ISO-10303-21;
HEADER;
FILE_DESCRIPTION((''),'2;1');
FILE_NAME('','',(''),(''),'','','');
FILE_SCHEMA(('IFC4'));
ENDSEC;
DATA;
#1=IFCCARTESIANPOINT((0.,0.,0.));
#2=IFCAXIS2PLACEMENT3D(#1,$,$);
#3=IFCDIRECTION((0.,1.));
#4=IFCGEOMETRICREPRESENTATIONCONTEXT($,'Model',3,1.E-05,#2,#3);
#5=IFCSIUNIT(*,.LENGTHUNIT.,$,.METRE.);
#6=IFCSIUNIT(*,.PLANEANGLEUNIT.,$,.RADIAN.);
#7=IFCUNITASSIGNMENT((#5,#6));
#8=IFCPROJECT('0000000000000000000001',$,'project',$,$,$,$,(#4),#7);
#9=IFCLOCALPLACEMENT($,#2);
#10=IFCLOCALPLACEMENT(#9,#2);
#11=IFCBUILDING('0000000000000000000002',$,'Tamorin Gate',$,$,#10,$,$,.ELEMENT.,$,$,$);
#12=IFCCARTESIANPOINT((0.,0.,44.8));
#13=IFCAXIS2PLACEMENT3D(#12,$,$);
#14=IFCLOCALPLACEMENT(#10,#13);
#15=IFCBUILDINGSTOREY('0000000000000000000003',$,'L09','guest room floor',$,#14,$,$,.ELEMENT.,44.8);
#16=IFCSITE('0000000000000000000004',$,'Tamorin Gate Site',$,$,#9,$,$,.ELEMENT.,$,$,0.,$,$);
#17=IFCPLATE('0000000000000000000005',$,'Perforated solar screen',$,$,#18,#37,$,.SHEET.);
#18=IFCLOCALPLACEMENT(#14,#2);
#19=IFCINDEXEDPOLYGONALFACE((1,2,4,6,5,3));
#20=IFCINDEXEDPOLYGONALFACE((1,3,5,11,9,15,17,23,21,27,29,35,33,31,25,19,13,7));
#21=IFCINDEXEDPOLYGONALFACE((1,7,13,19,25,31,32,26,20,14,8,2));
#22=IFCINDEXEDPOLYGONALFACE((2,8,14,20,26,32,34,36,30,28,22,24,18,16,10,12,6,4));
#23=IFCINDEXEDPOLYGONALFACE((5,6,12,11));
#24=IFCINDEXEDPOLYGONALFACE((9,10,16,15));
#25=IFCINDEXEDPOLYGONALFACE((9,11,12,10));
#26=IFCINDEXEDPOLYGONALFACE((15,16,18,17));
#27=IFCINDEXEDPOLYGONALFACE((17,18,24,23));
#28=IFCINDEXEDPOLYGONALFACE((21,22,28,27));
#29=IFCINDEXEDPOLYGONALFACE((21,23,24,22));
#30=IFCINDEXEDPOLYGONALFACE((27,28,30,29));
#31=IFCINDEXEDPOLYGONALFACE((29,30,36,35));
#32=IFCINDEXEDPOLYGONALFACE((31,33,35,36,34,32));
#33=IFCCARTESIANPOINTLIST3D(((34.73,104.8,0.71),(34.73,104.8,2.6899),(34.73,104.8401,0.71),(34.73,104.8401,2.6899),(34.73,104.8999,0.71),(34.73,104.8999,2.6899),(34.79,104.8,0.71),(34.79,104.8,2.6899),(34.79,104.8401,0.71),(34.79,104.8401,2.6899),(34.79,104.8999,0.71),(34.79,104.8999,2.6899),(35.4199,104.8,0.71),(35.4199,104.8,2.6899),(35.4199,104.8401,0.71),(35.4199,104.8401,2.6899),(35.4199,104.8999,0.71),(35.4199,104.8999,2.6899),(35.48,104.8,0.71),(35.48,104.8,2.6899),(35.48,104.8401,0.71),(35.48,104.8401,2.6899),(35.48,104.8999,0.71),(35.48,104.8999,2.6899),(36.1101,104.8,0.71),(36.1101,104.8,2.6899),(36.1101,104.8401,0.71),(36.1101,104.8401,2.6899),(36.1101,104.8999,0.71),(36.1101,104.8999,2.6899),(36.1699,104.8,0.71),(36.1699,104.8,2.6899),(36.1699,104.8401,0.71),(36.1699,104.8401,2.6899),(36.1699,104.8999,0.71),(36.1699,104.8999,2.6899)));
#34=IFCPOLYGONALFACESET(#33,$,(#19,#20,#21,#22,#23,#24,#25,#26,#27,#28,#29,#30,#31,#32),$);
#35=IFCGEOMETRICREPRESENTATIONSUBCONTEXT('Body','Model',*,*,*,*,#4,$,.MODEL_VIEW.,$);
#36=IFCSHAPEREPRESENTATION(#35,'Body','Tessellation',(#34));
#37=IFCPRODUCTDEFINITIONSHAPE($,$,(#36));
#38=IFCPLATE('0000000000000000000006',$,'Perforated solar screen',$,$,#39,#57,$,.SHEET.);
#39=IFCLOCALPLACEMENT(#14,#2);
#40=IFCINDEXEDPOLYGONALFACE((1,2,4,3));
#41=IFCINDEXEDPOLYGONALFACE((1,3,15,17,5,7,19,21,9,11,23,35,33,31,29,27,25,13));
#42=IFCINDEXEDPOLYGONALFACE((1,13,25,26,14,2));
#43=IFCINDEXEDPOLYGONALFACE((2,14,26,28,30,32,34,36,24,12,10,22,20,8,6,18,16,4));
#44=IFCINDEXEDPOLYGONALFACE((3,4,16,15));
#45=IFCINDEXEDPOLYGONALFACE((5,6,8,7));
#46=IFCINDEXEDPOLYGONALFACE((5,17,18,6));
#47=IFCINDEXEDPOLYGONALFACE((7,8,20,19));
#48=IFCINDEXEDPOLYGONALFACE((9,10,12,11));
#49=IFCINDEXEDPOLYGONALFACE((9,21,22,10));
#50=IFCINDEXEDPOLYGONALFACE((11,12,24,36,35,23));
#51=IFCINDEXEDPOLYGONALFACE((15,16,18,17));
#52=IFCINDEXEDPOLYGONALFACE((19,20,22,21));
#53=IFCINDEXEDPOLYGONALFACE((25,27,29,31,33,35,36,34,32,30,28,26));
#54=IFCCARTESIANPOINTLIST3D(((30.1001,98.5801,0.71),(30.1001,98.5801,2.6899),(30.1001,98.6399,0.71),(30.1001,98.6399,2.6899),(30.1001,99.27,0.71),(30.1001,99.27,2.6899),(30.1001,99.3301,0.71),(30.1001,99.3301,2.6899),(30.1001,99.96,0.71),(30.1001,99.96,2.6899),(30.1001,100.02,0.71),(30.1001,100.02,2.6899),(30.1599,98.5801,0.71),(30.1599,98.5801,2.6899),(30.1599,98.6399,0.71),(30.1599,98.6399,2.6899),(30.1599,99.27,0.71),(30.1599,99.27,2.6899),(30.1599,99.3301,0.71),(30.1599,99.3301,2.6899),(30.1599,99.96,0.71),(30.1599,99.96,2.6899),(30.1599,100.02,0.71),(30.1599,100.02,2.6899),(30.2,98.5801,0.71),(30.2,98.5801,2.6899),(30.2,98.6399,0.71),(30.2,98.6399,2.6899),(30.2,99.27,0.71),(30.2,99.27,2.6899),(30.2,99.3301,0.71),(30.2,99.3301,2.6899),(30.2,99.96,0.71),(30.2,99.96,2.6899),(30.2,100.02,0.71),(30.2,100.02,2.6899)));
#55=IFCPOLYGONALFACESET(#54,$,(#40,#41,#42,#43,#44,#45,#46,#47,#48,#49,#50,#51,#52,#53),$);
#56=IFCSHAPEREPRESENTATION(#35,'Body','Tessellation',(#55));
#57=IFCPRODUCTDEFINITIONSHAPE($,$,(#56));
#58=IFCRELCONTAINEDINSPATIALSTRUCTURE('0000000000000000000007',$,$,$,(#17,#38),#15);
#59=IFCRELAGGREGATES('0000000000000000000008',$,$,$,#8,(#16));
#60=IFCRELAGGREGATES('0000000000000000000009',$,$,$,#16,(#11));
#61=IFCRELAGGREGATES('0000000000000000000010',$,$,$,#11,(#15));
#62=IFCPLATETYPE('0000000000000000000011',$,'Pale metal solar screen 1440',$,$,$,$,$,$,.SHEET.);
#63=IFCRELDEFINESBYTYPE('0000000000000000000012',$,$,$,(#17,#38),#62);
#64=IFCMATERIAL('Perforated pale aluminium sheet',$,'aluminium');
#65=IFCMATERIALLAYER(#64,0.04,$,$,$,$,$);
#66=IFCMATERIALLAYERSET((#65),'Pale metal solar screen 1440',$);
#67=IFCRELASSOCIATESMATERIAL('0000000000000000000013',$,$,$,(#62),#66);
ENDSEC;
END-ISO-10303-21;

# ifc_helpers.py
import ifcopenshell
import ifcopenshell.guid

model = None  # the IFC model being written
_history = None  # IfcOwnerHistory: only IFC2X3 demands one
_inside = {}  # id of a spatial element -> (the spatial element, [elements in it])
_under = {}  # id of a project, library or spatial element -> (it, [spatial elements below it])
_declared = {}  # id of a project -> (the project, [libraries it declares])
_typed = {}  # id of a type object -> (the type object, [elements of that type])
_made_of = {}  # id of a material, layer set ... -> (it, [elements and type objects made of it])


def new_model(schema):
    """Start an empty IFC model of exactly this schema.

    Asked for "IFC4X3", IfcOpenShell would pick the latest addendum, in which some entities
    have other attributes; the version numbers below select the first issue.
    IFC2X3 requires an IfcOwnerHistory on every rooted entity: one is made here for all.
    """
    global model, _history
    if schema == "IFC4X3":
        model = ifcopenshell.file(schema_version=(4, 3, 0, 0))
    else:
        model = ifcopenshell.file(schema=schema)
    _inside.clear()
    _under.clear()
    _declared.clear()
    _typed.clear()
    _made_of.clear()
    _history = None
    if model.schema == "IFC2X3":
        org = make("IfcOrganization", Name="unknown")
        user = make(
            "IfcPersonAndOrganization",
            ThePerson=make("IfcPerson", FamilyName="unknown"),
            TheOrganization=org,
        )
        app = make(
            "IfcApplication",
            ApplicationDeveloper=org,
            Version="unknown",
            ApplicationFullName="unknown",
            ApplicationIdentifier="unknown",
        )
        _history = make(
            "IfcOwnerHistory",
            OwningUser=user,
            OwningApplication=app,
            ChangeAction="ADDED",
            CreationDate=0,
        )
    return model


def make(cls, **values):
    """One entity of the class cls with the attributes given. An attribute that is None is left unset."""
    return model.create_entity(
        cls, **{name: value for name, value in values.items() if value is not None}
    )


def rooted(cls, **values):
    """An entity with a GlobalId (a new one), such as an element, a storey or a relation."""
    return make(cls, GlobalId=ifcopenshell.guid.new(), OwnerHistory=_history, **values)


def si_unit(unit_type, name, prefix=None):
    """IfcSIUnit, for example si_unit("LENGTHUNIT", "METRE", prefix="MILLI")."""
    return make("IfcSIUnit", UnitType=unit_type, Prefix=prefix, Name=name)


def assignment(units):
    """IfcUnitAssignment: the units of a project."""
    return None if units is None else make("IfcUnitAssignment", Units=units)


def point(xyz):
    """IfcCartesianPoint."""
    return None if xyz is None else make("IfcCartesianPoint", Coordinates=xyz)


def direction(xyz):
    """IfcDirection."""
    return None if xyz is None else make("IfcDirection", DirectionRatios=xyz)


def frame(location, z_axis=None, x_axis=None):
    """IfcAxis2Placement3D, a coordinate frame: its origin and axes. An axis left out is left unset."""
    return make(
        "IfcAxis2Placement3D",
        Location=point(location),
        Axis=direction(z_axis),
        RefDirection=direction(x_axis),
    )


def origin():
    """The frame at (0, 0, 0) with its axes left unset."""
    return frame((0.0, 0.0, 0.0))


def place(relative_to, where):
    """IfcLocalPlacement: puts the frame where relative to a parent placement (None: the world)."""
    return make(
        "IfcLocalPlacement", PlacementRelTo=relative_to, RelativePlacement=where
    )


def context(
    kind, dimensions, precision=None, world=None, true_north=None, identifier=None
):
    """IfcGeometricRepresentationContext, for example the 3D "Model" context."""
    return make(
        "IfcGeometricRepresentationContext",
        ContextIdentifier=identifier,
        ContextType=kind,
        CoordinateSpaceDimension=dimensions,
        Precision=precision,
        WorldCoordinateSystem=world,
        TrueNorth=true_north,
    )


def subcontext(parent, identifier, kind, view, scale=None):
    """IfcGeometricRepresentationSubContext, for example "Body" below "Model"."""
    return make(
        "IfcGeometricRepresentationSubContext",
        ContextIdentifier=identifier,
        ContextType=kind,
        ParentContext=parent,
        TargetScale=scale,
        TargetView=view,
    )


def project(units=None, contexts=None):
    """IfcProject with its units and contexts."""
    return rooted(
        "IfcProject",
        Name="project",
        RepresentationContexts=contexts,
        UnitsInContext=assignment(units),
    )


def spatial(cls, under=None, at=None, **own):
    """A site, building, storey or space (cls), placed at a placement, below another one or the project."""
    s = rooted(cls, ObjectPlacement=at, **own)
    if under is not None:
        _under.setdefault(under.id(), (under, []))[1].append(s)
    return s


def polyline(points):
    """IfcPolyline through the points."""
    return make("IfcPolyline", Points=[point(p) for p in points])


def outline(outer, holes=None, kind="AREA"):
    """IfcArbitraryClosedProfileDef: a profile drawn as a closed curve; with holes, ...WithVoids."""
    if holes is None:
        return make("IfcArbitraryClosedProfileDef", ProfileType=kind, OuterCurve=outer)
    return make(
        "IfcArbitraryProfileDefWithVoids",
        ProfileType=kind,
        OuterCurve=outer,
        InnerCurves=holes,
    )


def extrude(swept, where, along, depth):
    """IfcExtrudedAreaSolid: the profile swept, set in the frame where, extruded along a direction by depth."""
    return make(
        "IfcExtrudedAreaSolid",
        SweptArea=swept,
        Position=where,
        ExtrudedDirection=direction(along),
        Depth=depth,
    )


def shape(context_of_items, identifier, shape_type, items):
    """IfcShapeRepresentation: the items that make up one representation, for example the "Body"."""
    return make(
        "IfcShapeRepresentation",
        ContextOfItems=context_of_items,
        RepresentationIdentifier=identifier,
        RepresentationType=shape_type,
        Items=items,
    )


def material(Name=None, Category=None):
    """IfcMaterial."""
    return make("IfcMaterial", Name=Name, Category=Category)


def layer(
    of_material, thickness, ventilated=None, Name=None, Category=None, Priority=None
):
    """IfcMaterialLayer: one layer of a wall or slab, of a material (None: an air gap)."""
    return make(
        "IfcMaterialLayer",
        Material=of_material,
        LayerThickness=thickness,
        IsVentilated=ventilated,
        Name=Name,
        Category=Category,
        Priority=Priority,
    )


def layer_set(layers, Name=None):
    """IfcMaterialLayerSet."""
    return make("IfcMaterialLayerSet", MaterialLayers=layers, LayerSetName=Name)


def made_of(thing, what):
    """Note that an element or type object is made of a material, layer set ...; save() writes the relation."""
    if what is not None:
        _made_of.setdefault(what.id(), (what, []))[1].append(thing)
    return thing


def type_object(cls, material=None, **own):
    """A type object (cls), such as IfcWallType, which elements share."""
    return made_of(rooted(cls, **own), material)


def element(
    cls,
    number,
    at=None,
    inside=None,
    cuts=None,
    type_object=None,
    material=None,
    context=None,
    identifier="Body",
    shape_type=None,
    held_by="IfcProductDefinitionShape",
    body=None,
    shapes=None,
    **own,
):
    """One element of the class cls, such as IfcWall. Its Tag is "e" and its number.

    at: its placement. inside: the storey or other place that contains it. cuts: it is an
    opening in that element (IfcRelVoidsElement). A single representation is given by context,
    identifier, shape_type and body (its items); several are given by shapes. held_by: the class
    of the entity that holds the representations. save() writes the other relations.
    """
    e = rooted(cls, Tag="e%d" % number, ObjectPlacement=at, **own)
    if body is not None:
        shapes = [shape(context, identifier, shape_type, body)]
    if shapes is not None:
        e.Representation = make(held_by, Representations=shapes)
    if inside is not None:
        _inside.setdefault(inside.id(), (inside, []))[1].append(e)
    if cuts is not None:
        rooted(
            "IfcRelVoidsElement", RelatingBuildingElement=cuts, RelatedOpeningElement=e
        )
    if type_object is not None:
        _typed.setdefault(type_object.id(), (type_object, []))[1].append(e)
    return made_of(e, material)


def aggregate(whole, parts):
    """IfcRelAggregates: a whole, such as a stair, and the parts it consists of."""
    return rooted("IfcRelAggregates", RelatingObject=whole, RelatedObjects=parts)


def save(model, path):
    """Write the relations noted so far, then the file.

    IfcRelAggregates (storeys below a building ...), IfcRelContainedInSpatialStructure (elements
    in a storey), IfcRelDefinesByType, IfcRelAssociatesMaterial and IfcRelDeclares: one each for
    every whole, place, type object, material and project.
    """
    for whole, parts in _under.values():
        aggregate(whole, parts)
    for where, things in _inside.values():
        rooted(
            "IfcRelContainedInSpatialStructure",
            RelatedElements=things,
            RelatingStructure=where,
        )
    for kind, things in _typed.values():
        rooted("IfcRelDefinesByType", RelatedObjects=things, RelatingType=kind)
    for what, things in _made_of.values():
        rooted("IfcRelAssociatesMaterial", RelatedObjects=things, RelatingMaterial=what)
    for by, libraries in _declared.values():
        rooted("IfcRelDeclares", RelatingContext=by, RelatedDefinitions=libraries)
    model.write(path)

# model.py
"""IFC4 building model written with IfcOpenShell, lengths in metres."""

from ifc_helpers import new_model, si_unit, direction, frame, origin, place, context, subcontext, project, spatial, polyline, outline, extrude, material, layer, layer_set, type_object, element, save


model = new_model("IFC4")

# Units and contexts
model_context = context("Model", 3, precision=1e-05, world=origin(), true_north=direction((0.0, 1.0)))
body_context = subcontext(model_context, "Body", "Model", "MODEL_VIEW")
ifc_project = project(units=[si_unit("LENGTHUNIT", "METRE"), si_unit("PLANEANGLEUNIT", "RADIAN")], contexts=[model_context])

# Site, building, storey
site_placement = place(None, origin())
site = spatial("IfcSite", under=ifc_project, at=site_placement, Name="Tamorin Gate Site", CompositionType="ELEMENT", RefElevation=0.0)
building_placement = place(site_placement, origin())
building = spatial("IfcBuilding", under=site, at=building_placement, Name="Tamorin Gate", CompositionType="ELEMENT")
storey_placement = place(building_placement, frame((0.0, 0.0, 44.8)))
storey = spatial("IfcBuildingStorey", under=building, at=storey_placement, Name="L09", Description="guest room floor", CompositionType="ELEMENT", Elevation=44.8)

# Plates
ifc_material = material(Name="Perforated pale aluminium sheet", Category="aluminium")
ifc_layer = layer(ifc_material, 0.04)
ifc_layer_set = layer_set([ifc_layer], Name="Pale metal solar screen 1440")
plate_type = type_object("IfcPlateType", Name="Pale metal solar screen 1440", PredefinedType="SHEET", material=ifc_layer_set)
plate_1_placement = place(storey_placement, frame((0.0, 0.0, 0.71)))
element("IfcPlate", 1, at=plate_1_placement, inside=storey, type_object=plate_type, Name="Perforated solar screen", PredefinedType="SHEET", context=body_context, shape_type="SweptSolid", body=[
    extrude(outline(polyline([(36.1699, 104.8401), (36.1699, 104.8), (36.1101, 104.8), (35.48, 104.8), (35.4199, 104.8), (34.79, 104.8), (34.73, 104.8), (34.73, 104.8401), (34.73, 104.8999), (34.79, 104.8999), (34.79, 104.8401), (35.4199, 104.8401), (35.4199, 104.8999), (35.48, 104.8999), (35.48, 104.8401), (36.1101, 104.8401), (36.1101, 104.8999), (36.1699, 104.8999), (36.1699, 104.8401)])), origin(), (0.0, 0.0, 1.0), 1.98),
])
plate_2_placement = place(storey_placement, frame((0.0, 0.0, 0.71)))
element("IfcPlate", 2, at=plate_2_placement, inside=storey, type_object=plate_type, Name="Perforated solar screen", PredefinedType="SHEET", context=body_context, shape_type="SweptSolid", body=[
    extrude(outline(polyline([(30.1599, 100.02), (30.2, 100.02), (30.2, 99.96), (30.2, 99.3301), (30.2, 99.27), (30.2, 98.6399), (30.2, 98.5801), (30.1599, 98.5801), (30.1001, 98.5801), (30.1001, 98.6399), (30.1599, 98.6399), (30.1599, 99.27), (30.1001, 99.27), (30.1001, 99.3301), (30.1599, 99.3301), (30.1599, 99.96), (30.1001, 99.96), (30.1001, 100.02), (30.1599, 100.02)])), origin(), (0.0, 0.0, 1.0), 1.98),
])

save(model, "model.ifc")
